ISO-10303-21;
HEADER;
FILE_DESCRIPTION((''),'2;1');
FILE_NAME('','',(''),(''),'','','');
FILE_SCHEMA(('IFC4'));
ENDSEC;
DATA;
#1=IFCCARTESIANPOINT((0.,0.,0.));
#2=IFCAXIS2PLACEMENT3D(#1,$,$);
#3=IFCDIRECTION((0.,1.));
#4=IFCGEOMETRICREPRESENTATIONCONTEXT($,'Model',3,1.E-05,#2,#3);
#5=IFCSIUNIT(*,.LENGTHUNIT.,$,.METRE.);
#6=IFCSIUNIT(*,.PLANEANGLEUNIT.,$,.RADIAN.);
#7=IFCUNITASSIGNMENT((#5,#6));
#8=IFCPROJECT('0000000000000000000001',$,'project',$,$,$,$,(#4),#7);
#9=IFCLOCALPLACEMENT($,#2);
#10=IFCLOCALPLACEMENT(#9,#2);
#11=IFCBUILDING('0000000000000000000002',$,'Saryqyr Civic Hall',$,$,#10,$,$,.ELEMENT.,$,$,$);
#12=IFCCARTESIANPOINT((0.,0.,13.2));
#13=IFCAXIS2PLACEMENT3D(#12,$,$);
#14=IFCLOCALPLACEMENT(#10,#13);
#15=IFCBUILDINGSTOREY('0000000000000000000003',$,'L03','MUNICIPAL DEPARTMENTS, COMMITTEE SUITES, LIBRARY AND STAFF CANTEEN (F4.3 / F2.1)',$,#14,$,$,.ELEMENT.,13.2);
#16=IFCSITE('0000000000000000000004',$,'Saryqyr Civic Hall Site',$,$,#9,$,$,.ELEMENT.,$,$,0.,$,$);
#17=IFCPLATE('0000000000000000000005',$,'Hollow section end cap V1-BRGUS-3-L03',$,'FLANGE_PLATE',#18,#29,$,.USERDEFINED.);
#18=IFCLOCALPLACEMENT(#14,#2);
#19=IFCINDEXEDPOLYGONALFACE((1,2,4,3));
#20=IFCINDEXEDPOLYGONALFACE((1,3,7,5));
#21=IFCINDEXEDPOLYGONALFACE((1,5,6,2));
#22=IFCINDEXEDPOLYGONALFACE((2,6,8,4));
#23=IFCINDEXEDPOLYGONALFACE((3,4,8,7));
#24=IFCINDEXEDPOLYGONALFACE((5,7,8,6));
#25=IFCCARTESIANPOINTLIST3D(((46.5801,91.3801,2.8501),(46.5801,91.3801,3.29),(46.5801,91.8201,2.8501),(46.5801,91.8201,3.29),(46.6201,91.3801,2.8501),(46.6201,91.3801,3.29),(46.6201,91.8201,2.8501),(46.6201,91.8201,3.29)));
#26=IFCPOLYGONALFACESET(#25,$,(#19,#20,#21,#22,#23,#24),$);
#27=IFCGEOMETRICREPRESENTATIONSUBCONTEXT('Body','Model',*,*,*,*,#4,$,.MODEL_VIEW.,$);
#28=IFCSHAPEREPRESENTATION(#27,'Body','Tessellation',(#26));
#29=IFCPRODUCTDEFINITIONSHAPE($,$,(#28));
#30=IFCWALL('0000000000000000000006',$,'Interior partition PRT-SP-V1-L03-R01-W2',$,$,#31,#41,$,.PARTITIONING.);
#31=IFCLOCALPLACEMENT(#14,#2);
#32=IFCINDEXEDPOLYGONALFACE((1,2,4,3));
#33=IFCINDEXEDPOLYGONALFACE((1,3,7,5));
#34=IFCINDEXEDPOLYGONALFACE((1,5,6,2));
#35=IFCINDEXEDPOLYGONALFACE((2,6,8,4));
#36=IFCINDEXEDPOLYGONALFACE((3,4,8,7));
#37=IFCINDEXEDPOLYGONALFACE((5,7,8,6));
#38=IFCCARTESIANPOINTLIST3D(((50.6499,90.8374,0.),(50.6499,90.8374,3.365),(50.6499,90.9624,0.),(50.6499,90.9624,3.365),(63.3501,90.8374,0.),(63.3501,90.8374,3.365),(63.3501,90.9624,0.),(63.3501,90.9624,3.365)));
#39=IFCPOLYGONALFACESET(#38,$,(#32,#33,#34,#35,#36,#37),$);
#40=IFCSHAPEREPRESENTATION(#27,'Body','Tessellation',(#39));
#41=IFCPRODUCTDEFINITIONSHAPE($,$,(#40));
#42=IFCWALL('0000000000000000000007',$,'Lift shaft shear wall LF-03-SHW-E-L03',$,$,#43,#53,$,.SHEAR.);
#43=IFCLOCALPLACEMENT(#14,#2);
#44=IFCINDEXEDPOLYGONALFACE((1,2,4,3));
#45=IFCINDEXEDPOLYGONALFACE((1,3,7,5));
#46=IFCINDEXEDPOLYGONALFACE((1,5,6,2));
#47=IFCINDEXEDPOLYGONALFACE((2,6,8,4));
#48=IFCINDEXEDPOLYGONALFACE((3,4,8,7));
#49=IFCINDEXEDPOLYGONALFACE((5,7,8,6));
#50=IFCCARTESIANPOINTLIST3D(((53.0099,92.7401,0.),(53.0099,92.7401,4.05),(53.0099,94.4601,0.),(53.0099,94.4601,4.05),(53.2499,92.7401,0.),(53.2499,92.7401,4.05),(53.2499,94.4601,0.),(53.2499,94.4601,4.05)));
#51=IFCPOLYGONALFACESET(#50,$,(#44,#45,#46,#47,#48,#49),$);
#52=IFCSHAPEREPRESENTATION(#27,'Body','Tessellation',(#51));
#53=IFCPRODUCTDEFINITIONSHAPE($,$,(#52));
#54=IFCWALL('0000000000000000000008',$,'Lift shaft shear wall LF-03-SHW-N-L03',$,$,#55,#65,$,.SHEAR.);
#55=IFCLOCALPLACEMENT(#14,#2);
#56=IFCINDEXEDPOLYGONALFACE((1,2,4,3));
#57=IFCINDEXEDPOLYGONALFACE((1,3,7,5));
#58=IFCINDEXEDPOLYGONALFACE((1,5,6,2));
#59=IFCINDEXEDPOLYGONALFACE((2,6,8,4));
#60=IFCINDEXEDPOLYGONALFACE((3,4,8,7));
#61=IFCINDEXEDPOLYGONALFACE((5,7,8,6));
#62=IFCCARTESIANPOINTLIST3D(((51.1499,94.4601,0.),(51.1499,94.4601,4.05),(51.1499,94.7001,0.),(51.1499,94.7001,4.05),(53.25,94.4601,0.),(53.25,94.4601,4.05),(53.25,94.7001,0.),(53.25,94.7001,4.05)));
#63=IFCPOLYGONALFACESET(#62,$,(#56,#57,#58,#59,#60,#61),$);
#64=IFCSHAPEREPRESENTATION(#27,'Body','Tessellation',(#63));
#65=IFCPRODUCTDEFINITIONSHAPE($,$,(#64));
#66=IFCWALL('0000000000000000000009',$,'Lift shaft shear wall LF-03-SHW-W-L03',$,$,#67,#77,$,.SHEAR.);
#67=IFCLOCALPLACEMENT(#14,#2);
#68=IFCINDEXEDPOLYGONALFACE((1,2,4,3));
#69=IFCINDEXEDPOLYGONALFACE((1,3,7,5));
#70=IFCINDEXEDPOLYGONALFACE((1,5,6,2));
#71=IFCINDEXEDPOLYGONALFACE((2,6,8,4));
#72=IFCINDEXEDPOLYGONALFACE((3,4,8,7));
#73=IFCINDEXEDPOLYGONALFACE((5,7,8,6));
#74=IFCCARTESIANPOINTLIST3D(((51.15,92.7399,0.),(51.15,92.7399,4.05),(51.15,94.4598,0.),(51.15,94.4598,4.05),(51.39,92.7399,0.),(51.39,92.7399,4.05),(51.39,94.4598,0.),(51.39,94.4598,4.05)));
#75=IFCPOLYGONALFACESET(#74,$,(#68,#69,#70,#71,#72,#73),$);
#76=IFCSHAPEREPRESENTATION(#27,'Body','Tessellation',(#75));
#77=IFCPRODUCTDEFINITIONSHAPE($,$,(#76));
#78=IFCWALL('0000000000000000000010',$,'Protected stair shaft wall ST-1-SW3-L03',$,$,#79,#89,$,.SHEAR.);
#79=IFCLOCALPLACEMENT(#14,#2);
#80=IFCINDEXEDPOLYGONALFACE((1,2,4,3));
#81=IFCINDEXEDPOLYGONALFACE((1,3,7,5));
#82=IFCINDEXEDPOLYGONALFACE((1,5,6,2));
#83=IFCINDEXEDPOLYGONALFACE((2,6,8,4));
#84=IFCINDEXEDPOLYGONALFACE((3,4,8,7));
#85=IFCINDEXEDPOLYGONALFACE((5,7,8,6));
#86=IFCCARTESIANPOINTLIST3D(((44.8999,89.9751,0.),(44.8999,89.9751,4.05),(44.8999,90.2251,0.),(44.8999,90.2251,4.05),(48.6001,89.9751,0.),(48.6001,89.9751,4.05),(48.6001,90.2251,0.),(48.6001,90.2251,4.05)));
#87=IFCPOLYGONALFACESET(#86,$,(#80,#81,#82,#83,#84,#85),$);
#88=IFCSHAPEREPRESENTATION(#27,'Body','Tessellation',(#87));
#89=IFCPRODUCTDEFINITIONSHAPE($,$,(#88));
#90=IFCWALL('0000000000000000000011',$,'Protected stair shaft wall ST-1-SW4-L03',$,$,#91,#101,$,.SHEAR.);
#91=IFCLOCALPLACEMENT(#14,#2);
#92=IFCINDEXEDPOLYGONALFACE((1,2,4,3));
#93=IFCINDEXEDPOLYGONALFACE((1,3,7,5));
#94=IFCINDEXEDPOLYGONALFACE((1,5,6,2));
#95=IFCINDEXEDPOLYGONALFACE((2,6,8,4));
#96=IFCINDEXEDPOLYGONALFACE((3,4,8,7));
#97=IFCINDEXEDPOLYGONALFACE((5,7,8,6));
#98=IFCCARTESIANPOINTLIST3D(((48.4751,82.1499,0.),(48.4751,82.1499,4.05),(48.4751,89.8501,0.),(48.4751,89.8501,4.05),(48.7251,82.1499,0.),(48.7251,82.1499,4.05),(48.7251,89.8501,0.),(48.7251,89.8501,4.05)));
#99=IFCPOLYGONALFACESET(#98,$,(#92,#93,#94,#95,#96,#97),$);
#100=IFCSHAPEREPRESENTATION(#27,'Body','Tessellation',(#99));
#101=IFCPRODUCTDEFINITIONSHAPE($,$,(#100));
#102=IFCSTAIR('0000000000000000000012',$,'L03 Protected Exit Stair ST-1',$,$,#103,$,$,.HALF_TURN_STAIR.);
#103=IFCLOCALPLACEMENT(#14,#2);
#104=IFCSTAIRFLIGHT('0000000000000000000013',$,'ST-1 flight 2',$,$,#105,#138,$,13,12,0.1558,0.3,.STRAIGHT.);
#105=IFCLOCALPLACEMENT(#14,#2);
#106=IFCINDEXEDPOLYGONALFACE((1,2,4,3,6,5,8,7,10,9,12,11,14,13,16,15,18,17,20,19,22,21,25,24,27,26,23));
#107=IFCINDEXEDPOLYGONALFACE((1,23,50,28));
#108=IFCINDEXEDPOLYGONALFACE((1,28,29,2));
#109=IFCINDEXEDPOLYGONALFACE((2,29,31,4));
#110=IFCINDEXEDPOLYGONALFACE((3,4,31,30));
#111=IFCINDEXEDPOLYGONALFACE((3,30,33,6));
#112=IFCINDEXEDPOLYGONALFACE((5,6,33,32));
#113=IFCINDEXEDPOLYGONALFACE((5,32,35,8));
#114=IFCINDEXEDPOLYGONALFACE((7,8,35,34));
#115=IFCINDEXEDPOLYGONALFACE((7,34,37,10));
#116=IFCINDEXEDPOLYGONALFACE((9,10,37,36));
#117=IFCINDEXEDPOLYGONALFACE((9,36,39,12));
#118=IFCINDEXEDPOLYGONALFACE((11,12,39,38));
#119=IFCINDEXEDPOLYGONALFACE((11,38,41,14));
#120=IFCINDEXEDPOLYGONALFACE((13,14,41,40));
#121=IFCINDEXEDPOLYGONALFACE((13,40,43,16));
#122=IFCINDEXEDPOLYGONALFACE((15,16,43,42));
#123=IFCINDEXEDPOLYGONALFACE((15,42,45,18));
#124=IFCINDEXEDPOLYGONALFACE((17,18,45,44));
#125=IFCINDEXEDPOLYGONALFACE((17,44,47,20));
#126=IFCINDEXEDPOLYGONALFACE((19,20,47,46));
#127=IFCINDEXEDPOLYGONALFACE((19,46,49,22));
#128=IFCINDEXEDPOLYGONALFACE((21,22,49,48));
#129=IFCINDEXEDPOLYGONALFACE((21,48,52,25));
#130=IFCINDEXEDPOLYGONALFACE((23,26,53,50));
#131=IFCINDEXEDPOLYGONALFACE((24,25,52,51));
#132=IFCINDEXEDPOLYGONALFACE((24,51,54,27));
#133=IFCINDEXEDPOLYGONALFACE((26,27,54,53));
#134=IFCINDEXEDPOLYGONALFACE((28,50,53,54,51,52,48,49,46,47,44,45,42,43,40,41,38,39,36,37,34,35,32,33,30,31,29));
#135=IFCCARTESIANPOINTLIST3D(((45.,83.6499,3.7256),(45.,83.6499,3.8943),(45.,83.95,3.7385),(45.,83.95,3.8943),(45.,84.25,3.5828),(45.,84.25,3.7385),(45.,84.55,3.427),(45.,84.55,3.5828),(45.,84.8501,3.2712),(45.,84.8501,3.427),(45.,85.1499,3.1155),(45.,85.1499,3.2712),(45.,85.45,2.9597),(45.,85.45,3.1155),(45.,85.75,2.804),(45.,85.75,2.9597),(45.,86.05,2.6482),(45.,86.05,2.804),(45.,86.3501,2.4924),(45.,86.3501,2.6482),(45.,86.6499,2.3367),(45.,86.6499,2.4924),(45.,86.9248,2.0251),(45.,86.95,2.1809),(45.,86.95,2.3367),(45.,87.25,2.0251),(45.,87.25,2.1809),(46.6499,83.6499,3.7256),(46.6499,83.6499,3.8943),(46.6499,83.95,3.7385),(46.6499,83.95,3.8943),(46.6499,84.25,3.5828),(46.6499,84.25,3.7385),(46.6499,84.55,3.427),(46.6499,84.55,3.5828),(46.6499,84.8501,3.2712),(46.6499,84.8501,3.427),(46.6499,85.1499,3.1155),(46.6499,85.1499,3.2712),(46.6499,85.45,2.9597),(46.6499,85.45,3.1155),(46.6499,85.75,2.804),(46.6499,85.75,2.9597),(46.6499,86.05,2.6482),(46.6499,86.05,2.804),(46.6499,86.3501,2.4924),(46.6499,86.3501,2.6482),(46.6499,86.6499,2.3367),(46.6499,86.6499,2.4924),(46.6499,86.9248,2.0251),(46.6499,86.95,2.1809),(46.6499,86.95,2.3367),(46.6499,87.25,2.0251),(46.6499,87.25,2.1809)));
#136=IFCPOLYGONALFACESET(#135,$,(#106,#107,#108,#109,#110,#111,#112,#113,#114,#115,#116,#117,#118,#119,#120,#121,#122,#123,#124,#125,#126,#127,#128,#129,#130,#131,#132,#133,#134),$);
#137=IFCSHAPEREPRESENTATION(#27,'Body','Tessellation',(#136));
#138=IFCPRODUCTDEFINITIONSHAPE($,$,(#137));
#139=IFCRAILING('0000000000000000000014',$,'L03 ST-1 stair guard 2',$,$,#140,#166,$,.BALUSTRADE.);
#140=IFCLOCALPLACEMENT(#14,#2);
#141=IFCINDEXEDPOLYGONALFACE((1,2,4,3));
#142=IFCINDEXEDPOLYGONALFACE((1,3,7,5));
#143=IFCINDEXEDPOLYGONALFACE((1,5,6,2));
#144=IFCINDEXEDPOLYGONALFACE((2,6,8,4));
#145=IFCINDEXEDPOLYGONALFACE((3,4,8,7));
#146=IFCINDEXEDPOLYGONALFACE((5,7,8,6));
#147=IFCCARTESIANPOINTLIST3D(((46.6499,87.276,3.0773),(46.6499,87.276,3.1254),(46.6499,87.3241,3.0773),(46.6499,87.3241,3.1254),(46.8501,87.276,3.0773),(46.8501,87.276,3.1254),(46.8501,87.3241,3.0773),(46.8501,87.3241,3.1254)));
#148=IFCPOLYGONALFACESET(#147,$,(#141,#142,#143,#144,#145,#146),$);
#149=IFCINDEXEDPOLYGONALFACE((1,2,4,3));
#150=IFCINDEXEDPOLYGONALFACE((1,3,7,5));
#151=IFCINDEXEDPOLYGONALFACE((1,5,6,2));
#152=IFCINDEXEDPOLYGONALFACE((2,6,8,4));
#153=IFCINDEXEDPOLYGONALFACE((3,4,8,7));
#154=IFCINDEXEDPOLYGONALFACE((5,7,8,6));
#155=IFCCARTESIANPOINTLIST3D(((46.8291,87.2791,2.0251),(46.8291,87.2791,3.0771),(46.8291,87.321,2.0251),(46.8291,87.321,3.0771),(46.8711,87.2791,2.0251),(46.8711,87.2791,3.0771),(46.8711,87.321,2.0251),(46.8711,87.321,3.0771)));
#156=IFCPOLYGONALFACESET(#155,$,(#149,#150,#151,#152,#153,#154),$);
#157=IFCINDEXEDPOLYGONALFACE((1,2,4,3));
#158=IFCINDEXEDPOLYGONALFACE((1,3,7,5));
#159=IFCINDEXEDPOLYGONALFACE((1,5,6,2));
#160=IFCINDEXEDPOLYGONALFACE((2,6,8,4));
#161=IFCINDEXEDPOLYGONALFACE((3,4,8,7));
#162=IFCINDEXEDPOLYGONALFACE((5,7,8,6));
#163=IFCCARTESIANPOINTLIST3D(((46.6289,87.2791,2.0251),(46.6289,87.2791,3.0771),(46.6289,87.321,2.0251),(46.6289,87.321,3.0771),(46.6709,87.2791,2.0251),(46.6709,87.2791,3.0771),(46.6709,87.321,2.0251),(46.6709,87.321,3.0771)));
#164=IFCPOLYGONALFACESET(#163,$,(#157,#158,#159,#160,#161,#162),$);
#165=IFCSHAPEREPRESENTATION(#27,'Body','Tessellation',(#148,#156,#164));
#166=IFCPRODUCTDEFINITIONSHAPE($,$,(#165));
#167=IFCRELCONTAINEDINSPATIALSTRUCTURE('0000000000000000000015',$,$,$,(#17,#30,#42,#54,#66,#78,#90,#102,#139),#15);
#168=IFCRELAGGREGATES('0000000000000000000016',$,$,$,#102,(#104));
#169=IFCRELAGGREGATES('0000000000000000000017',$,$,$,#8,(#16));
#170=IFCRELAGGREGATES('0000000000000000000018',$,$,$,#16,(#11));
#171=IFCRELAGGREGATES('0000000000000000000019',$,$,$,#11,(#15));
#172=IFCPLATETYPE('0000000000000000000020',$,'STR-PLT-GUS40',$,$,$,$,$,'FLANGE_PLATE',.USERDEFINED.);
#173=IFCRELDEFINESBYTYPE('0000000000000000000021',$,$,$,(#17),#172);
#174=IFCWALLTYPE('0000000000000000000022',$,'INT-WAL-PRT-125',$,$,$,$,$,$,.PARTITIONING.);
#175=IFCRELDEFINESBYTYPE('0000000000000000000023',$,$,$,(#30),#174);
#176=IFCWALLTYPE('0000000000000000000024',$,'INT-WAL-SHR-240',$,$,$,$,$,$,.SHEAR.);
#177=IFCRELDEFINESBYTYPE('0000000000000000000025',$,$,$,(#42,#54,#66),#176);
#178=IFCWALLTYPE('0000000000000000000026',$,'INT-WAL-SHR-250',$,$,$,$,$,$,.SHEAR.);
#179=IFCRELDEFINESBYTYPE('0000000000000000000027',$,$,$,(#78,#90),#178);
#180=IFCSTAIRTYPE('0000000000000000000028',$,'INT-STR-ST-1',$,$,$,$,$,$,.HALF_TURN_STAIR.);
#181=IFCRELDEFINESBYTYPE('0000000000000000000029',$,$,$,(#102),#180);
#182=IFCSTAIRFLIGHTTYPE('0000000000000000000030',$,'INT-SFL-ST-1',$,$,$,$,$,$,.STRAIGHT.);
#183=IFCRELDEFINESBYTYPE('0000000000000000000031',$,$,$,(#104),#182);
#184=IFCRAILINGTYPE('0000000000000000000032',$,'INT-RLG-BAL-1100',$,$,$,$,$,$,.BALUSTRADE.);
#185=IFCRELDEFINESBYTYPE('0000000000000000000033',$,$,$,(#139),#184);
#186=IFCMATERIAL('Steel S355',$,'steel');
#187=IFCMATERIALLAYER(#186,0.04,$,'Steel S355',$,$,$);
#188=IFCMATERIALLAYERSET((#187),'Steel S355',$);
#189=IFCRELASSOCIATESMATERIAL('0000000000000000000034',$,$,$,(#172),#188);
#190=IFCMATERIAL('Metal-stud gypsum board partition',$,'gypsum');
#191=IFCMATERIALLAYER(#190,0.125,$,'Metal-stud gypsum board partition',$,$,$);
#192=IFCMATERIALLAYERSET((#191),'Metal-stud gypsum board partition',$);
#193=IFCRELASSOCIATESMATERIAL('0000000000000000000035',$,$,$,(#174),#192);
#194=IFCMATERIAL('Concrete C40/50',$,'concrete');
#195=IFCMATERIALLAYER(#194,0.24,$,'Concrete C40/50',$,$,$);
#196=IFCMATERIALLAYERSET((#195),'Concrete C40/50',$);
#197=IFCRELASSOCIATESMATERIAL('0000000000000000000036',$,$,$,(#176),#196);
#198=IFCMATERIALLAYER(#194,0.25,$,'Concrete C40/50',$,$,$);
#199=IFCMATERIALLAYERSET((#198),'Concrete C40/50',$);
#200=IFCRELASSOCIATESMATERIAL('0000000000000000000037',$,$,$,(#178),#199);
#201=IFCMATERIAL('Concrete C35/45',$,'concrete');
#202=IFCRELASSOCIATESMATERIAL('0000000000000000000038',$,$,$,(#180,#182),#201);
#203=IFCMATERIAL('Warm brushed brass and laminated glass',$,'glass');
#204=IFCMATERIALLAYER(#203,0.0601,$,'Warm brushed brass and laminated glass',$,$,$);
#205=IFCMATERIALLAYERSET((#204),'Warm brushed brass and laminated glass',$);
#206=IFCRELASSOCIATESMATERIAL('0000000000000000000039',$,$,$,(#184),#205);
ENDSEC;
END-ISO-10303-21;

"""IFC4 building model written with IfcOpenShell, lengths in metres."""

from ifc_helpers import new_model, si_unit, direction, frame, frame_2d, origin, origin_2d, place, context, subcontext, project, spatial, polyline, rectangle, outline, extrude, material, layer, layer_set, type_object, element, aggregate, save


model = new_model("IFC4")

# Units and contexts
model_context = context("Model", 3, precision=1e-05, world=origin(), true_north=direction((0.0, 1.0)))
body_context = subcontext(model_context, "Body", "Model", "MODEL_VIEW")
ifc_project = project(units=[si_unit("LENGTHUNIT", "METRE"), si_unit("PLANEANGLEUNIT", "RADIAN")], contexts=[model_context])

# Site, building, storey
site_placement = place(None, origin())
site = spatial("IfcSite", under=ifc_project, at=site_placement, Name="Saryqyr Civic Hall Site", CompositionType="ELEMENT", RefElevation=0.0)
building_placement = place(site_placement, origin())
building = spatial("IfcBuilding", under=site, at=building_placement, Name="Saryqyr Civic Hall", CompositionType="ELEMENT")
storey_placement = place(building_placement, frame((0.0, 0.0, 13.2)))
storey = spatial("IfcBuildingStorey", under=building, at=storey_placement, Name="L03", Description="MUNICIPAL DEPARTMENTS, COMMITTEE SUITES, LIBRARY AND STAFF CANTEEN (F4.3 / F2.1)", CompositionType="ELEMENT", Elevation=13.2)

# Shared definitions
ifc_material_1 = material(Name="Concrete C40/50", Category="concrete")

# Shared definitions
ifc_material_2 = material(Name="Steel S355", Category="steel")
ifc_material_3 = material(Name="Concrete C35/45", Category="concrete")

# Plate
ifc_layer_1 = layer(ifc_material_2, 0.04, Name="Steel S355")
ifc_layer_set_1 = layer_set([ifc_layer_1], Name="Steel S355")
plate_type_1 = type_object("IfcPlateType", Name="STR-PLT-GUS40", ElementType="FLANGE_PLATE", PredefinedType="USERDEFINED", material=ifc_layer_set_1)
plate_1_placement = place(storey_placement, frame((46.6001, 91.6001, 2.8501), z_axis=(0.0, 0.0, 1.0), x_axis=(1.0, 0.0, 0.0)))
element("IfcPlate", 1, at=plate_1_placement, inside=storey, type_object=plate_type_1, Name="Hollow section end cap V1-BRGUS-3-L03", ObjectType="FLANGE_PLATE", PredefinedType="USERDEFINED", context=body_context, shape_type="SweptSolid", body=[
    extrude(rectangle(XDim=0.04, YDim=0.4399, at=origin_2d()), origin(), (0.0, 0.0, 1.0), 0.4399),
])

# Wall
ifc_material_4 = material(Name="Metal-stud gypsum board partition", Category="gypsum")
ifc_layer_2 = layer(ifc_material_4, 0.125, Name="Metal-stud gypsum board partition")
ifc_layer_set_2 = layer_set([ifc_layer_2], Name="Metal-stud gypsum board partition")
wall_type_1 = type_object("IfcWallType", Name="INT-WAL-PRT-125", PredefinedType="PARTITIONING", material=ifc_layer_set_2)
wall_1_placement = place(storey_placement, frame((50.6499, 90.8999, 0.0), z_axis=(0.0, 0.0, 1.0), x_axis=(1.0, 0.0, 0.0)))
element("IfcWall", 2, at=wall_1_placement, inside=storey, type_object=wall_type_1, Name="Interior partition PRT-SP-V1-L03-R01-W2", PredefinedType="PARTITIONING", context=body_context, shape_type="SweptSolid", body=[
    extrude(rectangle(XDim=12.7002, YDim=0.125, at=frame_2d((6.3501, 0.0))), origin(), (0.0, 0.0, 1.0), 3.365),
])

# Shared definitions
ifc_layer_3 = layer(ifc_material_1, 0.24, Name="Concrete C40/50")
ifc_layer_set_3 = layer_set([ifc_layer_3], Name="Concrete C40/50")
wall_type_2 = type_object("IfcWallType", Name="INT-WAL-SHR-240", PredefinedType="SHEAR", material=ifc_layer_set_3)

# Walls
wall_2_placement = place(storey_placement, frame((53.1299, 94.46, 0.0), z_axis=(0.0, 0.0, 1.0), x_axis=(0.0, -1.0, 0.0)))
element("IfcWall", 3, at=wall_2_placement, inside=storey, type_object=wall_type_2, Name="Lift shaft shear wall LF-03-SHW-E-L03", PredefinedType="SHEAR", context=body_context, shape_type="SweptSolid", body=[
    extrude(rectangle(XDim=1.72, YDim=0.24, at=frame_2d((0.8599, 0.0))), origin(), (0.0, 0.0, 1.0), 4.05),
])
wall_3_placement = place(storey_placement, frame((51.1499, 94.5801, 0.0), z_axis=(0.0, 0.0, 1.0), x_axis=(1.0, 0.0, 0.0)))
element("IfcWall", 4, at=wall_3_placement, inside=storey, type_object=wall_type_2, Name="Lift shaft shear wall LF-03-SHW-N-L03", PredefinedType="SHEAR", context=body_context, shape_type="SweptSolid", body=[
    extrude(rectangle(XDim=2.1001, YDim=0.24, at=frame_2d((1.05, 0.0))), origin(), (0.0, 0.0, 1.0), 4.05),
])
wall_4_placement = place(storey_placement, frame((51.27, 92.74, 0.0), z_axis=(0.0, 0.0, 1.0), x_axis=(0.0, 1.0, 0.0)))
element("IfcWall", 5, at=wall_4_placement, inside=storey, type_object=wall_type_2, Name="Lift shaft shear wall LF-03-SHW-W-L03", PredefinedType="SHEAR", context=body_context, shape_type="SweptSolid", body=[
    extrude(rectangle(XDim=1.72, YDim=0.24, at=frame_2d((0.8599, 0.0))), origin(), (0.0, 0.0, 1.0), 4.05),
])
ifc_layer_4 = layer(ifc_material_1, 0.25, Name="Concrete C40/50")
ifc_layer_set_4 = layer_set([ifc_layer_4], Name="Concrete C40/50")
wall_type_3 = type_object("IfcWallType", Name="INT-WAL-SHR-250", PredefinedType="SHEAR", material=ifc_layer_set_4)
wall_5_placement = place(storey_placement, frame((44.8999, 90.1001, 0.0), z_axis=(0.0, 0.0, 1.0), x_axis=(1.0, 0.0, 0.0)))
element("IfcWall", 6, at=wall_5_placement, inside=storey, type_object=wall_type_3, Name="Protected stair shaft wall ST-1-SW3-L03", PredefinedType="SHEAR", context=body_context, shape_type="SweptSolid", body=[
    extrude(rectangle(XDim=3.7002, YDim=0.25, at=frame_2d((1.8501, 0.0))), origin(), (0.0, 0.0, 1.0), 4.05),
])
wall_6_placement = place(storey_placement, frame((48.6001, 89.8501, 0.0), z_axis=(0.0, 0.0, 1.0), x_axis=(0.0, -1.0, 0.0)))
element("IfcWall", 7, at=wall_6_placement, inside=storey, type_object=wall_type_3, Name="Protected stair shaft wall ST-1-SW4-L03", PredefinedType="SHEAR", context=body_context, shape_type="SweptSolid", body=[
    extrude(rectangle(XDim=7.7002, YDim=0.25, at=frame_2d((3.8501, 0.0))), origin(), (0.0, 0.0, 1.0), 4.05),
])

# Stair, stair flight
stair_type = type_object("IfcStairType", Name="INT-STR-ST-1", PredefinedType="HALF_TURN_STAIR", material=ifc_material_3)
stair_placement = place(storey_placement, origin())
stair = element("IfcStair", 8, at=stair_placement, inside=storey, type_object=stair_type, Name="L03 Protected Exit Stair ST-1", PredefinedType="HALF_TURN_STAIR")
stair_flight_type = type_object("IfcStairFlightType", Name="INT-SFL-ST-1", PredefinedType="STRAIGHT", material=ifc_material_3)
stair_flight_placement = place(storey_placement, frame((45.825, 87.25, 2.0251), z_axis=(0.0, 0.0, 1.0), x_axis=(0.0, -1.0, 0.0)))
stair_flight = element("IfcStairFlight", 9, at=stair_flight_placement, type_object=stair_flight_type, Name="ST-1 flight 2", NumberOfRisers=13, NumberOfTreads=12, PredefinedType="STRAIGHT", RiserHeight=0.1558, TreadLength=0.3, context=body_context, shape_type="SweptSolid", body=[
    extrude(outline(polyline([(0.0, 0.0), (0.0, 0.1558), (0.3, 0.1558), (0.3, 0.3115), (0.6001, 0.3115), (0.6001, 0.4673), (0.8999, 0.4673), (0.8999, 0.623), (1.2, 0.623), (1.2, 0.7788), (1.5, 0.7788), (1.5, 0.9346), (1.8, 0.9346), (1.8, 1.0903), (2.1001, 1.0903), (2.1001, 1.2461), (2.3999, 1.2461), (2.3999, 1.4019), (2.7, 1.4019), (2.7, 1.5576), (3.0, 1.5576), (3.0, 1.7134), (3.3, 1.7134), (3.3, 1.8691), (3.6001, 1.8691), (3.6001, 2.0249), (3.6001, 1.7004), (0.3252, 0.0), (0.0, 0.0)])), frame((0.0, 0.825, 0.0), z_axis=(0.0, -1.0, 0.0), x_axis=(1.0, 0.0, 0.0)), (0.0, 0.0, 1.0), 1.6499),
])
aggregate(stair, [stair_flight])

# Railing
ifc_material_5 = material(Name="Warm brushed brass and laminated glass", Category="glass")
ifc_layer_5 = layer(ifc_material_5, 0.0601, Name="Warm brushed brass and laminated glass")
ifc_layer_set_5 = layer_set([ifc_layer_5], Name="Warm brushed brass and laminated glass")
railing_type_1 = type_object("IfcRailingType", Name="INT-RLG-BAL-1100", PredefinedType="BALUSTRADE", material=ifc_layer_set_5)
railing_1_placement = place(storey_placement, frame((46.8501, 87.3, 2.0251)))
element("IfcRailing", 10, at=railing_1_placement, inside=storey, type_object=railing_type_1, Name="L03 ST-1 stair guard 2", PredefinedType="BALUSTRADE", context=body_context, shape_type="SweptSolid", body=[
    extrude(rectangle(XDim=0.0481, YDim=0.0481, at=origin_2d()), frame((0.0, 0.0, 1.0762), z_axis=(-1.0, 0.0, 0.0), x_axis=(0.0, -1.0, 0.0)), (0.0, 0.0, 1.0), 0.2002),
    extrude(rectangle(XDim=0.042, YDim=0.042, at=origin_2d()), origin(), (0.0, 0.0, 1.0), 1.052),
    extrude(rectangle(XDim=0.042, YDim=0.042, at=origin_2d()), frame((-0.2002, 0.0, 0.0)), (0.0, 0.0, 1.0), 1.052),
])

save(model, "model.ifc")
